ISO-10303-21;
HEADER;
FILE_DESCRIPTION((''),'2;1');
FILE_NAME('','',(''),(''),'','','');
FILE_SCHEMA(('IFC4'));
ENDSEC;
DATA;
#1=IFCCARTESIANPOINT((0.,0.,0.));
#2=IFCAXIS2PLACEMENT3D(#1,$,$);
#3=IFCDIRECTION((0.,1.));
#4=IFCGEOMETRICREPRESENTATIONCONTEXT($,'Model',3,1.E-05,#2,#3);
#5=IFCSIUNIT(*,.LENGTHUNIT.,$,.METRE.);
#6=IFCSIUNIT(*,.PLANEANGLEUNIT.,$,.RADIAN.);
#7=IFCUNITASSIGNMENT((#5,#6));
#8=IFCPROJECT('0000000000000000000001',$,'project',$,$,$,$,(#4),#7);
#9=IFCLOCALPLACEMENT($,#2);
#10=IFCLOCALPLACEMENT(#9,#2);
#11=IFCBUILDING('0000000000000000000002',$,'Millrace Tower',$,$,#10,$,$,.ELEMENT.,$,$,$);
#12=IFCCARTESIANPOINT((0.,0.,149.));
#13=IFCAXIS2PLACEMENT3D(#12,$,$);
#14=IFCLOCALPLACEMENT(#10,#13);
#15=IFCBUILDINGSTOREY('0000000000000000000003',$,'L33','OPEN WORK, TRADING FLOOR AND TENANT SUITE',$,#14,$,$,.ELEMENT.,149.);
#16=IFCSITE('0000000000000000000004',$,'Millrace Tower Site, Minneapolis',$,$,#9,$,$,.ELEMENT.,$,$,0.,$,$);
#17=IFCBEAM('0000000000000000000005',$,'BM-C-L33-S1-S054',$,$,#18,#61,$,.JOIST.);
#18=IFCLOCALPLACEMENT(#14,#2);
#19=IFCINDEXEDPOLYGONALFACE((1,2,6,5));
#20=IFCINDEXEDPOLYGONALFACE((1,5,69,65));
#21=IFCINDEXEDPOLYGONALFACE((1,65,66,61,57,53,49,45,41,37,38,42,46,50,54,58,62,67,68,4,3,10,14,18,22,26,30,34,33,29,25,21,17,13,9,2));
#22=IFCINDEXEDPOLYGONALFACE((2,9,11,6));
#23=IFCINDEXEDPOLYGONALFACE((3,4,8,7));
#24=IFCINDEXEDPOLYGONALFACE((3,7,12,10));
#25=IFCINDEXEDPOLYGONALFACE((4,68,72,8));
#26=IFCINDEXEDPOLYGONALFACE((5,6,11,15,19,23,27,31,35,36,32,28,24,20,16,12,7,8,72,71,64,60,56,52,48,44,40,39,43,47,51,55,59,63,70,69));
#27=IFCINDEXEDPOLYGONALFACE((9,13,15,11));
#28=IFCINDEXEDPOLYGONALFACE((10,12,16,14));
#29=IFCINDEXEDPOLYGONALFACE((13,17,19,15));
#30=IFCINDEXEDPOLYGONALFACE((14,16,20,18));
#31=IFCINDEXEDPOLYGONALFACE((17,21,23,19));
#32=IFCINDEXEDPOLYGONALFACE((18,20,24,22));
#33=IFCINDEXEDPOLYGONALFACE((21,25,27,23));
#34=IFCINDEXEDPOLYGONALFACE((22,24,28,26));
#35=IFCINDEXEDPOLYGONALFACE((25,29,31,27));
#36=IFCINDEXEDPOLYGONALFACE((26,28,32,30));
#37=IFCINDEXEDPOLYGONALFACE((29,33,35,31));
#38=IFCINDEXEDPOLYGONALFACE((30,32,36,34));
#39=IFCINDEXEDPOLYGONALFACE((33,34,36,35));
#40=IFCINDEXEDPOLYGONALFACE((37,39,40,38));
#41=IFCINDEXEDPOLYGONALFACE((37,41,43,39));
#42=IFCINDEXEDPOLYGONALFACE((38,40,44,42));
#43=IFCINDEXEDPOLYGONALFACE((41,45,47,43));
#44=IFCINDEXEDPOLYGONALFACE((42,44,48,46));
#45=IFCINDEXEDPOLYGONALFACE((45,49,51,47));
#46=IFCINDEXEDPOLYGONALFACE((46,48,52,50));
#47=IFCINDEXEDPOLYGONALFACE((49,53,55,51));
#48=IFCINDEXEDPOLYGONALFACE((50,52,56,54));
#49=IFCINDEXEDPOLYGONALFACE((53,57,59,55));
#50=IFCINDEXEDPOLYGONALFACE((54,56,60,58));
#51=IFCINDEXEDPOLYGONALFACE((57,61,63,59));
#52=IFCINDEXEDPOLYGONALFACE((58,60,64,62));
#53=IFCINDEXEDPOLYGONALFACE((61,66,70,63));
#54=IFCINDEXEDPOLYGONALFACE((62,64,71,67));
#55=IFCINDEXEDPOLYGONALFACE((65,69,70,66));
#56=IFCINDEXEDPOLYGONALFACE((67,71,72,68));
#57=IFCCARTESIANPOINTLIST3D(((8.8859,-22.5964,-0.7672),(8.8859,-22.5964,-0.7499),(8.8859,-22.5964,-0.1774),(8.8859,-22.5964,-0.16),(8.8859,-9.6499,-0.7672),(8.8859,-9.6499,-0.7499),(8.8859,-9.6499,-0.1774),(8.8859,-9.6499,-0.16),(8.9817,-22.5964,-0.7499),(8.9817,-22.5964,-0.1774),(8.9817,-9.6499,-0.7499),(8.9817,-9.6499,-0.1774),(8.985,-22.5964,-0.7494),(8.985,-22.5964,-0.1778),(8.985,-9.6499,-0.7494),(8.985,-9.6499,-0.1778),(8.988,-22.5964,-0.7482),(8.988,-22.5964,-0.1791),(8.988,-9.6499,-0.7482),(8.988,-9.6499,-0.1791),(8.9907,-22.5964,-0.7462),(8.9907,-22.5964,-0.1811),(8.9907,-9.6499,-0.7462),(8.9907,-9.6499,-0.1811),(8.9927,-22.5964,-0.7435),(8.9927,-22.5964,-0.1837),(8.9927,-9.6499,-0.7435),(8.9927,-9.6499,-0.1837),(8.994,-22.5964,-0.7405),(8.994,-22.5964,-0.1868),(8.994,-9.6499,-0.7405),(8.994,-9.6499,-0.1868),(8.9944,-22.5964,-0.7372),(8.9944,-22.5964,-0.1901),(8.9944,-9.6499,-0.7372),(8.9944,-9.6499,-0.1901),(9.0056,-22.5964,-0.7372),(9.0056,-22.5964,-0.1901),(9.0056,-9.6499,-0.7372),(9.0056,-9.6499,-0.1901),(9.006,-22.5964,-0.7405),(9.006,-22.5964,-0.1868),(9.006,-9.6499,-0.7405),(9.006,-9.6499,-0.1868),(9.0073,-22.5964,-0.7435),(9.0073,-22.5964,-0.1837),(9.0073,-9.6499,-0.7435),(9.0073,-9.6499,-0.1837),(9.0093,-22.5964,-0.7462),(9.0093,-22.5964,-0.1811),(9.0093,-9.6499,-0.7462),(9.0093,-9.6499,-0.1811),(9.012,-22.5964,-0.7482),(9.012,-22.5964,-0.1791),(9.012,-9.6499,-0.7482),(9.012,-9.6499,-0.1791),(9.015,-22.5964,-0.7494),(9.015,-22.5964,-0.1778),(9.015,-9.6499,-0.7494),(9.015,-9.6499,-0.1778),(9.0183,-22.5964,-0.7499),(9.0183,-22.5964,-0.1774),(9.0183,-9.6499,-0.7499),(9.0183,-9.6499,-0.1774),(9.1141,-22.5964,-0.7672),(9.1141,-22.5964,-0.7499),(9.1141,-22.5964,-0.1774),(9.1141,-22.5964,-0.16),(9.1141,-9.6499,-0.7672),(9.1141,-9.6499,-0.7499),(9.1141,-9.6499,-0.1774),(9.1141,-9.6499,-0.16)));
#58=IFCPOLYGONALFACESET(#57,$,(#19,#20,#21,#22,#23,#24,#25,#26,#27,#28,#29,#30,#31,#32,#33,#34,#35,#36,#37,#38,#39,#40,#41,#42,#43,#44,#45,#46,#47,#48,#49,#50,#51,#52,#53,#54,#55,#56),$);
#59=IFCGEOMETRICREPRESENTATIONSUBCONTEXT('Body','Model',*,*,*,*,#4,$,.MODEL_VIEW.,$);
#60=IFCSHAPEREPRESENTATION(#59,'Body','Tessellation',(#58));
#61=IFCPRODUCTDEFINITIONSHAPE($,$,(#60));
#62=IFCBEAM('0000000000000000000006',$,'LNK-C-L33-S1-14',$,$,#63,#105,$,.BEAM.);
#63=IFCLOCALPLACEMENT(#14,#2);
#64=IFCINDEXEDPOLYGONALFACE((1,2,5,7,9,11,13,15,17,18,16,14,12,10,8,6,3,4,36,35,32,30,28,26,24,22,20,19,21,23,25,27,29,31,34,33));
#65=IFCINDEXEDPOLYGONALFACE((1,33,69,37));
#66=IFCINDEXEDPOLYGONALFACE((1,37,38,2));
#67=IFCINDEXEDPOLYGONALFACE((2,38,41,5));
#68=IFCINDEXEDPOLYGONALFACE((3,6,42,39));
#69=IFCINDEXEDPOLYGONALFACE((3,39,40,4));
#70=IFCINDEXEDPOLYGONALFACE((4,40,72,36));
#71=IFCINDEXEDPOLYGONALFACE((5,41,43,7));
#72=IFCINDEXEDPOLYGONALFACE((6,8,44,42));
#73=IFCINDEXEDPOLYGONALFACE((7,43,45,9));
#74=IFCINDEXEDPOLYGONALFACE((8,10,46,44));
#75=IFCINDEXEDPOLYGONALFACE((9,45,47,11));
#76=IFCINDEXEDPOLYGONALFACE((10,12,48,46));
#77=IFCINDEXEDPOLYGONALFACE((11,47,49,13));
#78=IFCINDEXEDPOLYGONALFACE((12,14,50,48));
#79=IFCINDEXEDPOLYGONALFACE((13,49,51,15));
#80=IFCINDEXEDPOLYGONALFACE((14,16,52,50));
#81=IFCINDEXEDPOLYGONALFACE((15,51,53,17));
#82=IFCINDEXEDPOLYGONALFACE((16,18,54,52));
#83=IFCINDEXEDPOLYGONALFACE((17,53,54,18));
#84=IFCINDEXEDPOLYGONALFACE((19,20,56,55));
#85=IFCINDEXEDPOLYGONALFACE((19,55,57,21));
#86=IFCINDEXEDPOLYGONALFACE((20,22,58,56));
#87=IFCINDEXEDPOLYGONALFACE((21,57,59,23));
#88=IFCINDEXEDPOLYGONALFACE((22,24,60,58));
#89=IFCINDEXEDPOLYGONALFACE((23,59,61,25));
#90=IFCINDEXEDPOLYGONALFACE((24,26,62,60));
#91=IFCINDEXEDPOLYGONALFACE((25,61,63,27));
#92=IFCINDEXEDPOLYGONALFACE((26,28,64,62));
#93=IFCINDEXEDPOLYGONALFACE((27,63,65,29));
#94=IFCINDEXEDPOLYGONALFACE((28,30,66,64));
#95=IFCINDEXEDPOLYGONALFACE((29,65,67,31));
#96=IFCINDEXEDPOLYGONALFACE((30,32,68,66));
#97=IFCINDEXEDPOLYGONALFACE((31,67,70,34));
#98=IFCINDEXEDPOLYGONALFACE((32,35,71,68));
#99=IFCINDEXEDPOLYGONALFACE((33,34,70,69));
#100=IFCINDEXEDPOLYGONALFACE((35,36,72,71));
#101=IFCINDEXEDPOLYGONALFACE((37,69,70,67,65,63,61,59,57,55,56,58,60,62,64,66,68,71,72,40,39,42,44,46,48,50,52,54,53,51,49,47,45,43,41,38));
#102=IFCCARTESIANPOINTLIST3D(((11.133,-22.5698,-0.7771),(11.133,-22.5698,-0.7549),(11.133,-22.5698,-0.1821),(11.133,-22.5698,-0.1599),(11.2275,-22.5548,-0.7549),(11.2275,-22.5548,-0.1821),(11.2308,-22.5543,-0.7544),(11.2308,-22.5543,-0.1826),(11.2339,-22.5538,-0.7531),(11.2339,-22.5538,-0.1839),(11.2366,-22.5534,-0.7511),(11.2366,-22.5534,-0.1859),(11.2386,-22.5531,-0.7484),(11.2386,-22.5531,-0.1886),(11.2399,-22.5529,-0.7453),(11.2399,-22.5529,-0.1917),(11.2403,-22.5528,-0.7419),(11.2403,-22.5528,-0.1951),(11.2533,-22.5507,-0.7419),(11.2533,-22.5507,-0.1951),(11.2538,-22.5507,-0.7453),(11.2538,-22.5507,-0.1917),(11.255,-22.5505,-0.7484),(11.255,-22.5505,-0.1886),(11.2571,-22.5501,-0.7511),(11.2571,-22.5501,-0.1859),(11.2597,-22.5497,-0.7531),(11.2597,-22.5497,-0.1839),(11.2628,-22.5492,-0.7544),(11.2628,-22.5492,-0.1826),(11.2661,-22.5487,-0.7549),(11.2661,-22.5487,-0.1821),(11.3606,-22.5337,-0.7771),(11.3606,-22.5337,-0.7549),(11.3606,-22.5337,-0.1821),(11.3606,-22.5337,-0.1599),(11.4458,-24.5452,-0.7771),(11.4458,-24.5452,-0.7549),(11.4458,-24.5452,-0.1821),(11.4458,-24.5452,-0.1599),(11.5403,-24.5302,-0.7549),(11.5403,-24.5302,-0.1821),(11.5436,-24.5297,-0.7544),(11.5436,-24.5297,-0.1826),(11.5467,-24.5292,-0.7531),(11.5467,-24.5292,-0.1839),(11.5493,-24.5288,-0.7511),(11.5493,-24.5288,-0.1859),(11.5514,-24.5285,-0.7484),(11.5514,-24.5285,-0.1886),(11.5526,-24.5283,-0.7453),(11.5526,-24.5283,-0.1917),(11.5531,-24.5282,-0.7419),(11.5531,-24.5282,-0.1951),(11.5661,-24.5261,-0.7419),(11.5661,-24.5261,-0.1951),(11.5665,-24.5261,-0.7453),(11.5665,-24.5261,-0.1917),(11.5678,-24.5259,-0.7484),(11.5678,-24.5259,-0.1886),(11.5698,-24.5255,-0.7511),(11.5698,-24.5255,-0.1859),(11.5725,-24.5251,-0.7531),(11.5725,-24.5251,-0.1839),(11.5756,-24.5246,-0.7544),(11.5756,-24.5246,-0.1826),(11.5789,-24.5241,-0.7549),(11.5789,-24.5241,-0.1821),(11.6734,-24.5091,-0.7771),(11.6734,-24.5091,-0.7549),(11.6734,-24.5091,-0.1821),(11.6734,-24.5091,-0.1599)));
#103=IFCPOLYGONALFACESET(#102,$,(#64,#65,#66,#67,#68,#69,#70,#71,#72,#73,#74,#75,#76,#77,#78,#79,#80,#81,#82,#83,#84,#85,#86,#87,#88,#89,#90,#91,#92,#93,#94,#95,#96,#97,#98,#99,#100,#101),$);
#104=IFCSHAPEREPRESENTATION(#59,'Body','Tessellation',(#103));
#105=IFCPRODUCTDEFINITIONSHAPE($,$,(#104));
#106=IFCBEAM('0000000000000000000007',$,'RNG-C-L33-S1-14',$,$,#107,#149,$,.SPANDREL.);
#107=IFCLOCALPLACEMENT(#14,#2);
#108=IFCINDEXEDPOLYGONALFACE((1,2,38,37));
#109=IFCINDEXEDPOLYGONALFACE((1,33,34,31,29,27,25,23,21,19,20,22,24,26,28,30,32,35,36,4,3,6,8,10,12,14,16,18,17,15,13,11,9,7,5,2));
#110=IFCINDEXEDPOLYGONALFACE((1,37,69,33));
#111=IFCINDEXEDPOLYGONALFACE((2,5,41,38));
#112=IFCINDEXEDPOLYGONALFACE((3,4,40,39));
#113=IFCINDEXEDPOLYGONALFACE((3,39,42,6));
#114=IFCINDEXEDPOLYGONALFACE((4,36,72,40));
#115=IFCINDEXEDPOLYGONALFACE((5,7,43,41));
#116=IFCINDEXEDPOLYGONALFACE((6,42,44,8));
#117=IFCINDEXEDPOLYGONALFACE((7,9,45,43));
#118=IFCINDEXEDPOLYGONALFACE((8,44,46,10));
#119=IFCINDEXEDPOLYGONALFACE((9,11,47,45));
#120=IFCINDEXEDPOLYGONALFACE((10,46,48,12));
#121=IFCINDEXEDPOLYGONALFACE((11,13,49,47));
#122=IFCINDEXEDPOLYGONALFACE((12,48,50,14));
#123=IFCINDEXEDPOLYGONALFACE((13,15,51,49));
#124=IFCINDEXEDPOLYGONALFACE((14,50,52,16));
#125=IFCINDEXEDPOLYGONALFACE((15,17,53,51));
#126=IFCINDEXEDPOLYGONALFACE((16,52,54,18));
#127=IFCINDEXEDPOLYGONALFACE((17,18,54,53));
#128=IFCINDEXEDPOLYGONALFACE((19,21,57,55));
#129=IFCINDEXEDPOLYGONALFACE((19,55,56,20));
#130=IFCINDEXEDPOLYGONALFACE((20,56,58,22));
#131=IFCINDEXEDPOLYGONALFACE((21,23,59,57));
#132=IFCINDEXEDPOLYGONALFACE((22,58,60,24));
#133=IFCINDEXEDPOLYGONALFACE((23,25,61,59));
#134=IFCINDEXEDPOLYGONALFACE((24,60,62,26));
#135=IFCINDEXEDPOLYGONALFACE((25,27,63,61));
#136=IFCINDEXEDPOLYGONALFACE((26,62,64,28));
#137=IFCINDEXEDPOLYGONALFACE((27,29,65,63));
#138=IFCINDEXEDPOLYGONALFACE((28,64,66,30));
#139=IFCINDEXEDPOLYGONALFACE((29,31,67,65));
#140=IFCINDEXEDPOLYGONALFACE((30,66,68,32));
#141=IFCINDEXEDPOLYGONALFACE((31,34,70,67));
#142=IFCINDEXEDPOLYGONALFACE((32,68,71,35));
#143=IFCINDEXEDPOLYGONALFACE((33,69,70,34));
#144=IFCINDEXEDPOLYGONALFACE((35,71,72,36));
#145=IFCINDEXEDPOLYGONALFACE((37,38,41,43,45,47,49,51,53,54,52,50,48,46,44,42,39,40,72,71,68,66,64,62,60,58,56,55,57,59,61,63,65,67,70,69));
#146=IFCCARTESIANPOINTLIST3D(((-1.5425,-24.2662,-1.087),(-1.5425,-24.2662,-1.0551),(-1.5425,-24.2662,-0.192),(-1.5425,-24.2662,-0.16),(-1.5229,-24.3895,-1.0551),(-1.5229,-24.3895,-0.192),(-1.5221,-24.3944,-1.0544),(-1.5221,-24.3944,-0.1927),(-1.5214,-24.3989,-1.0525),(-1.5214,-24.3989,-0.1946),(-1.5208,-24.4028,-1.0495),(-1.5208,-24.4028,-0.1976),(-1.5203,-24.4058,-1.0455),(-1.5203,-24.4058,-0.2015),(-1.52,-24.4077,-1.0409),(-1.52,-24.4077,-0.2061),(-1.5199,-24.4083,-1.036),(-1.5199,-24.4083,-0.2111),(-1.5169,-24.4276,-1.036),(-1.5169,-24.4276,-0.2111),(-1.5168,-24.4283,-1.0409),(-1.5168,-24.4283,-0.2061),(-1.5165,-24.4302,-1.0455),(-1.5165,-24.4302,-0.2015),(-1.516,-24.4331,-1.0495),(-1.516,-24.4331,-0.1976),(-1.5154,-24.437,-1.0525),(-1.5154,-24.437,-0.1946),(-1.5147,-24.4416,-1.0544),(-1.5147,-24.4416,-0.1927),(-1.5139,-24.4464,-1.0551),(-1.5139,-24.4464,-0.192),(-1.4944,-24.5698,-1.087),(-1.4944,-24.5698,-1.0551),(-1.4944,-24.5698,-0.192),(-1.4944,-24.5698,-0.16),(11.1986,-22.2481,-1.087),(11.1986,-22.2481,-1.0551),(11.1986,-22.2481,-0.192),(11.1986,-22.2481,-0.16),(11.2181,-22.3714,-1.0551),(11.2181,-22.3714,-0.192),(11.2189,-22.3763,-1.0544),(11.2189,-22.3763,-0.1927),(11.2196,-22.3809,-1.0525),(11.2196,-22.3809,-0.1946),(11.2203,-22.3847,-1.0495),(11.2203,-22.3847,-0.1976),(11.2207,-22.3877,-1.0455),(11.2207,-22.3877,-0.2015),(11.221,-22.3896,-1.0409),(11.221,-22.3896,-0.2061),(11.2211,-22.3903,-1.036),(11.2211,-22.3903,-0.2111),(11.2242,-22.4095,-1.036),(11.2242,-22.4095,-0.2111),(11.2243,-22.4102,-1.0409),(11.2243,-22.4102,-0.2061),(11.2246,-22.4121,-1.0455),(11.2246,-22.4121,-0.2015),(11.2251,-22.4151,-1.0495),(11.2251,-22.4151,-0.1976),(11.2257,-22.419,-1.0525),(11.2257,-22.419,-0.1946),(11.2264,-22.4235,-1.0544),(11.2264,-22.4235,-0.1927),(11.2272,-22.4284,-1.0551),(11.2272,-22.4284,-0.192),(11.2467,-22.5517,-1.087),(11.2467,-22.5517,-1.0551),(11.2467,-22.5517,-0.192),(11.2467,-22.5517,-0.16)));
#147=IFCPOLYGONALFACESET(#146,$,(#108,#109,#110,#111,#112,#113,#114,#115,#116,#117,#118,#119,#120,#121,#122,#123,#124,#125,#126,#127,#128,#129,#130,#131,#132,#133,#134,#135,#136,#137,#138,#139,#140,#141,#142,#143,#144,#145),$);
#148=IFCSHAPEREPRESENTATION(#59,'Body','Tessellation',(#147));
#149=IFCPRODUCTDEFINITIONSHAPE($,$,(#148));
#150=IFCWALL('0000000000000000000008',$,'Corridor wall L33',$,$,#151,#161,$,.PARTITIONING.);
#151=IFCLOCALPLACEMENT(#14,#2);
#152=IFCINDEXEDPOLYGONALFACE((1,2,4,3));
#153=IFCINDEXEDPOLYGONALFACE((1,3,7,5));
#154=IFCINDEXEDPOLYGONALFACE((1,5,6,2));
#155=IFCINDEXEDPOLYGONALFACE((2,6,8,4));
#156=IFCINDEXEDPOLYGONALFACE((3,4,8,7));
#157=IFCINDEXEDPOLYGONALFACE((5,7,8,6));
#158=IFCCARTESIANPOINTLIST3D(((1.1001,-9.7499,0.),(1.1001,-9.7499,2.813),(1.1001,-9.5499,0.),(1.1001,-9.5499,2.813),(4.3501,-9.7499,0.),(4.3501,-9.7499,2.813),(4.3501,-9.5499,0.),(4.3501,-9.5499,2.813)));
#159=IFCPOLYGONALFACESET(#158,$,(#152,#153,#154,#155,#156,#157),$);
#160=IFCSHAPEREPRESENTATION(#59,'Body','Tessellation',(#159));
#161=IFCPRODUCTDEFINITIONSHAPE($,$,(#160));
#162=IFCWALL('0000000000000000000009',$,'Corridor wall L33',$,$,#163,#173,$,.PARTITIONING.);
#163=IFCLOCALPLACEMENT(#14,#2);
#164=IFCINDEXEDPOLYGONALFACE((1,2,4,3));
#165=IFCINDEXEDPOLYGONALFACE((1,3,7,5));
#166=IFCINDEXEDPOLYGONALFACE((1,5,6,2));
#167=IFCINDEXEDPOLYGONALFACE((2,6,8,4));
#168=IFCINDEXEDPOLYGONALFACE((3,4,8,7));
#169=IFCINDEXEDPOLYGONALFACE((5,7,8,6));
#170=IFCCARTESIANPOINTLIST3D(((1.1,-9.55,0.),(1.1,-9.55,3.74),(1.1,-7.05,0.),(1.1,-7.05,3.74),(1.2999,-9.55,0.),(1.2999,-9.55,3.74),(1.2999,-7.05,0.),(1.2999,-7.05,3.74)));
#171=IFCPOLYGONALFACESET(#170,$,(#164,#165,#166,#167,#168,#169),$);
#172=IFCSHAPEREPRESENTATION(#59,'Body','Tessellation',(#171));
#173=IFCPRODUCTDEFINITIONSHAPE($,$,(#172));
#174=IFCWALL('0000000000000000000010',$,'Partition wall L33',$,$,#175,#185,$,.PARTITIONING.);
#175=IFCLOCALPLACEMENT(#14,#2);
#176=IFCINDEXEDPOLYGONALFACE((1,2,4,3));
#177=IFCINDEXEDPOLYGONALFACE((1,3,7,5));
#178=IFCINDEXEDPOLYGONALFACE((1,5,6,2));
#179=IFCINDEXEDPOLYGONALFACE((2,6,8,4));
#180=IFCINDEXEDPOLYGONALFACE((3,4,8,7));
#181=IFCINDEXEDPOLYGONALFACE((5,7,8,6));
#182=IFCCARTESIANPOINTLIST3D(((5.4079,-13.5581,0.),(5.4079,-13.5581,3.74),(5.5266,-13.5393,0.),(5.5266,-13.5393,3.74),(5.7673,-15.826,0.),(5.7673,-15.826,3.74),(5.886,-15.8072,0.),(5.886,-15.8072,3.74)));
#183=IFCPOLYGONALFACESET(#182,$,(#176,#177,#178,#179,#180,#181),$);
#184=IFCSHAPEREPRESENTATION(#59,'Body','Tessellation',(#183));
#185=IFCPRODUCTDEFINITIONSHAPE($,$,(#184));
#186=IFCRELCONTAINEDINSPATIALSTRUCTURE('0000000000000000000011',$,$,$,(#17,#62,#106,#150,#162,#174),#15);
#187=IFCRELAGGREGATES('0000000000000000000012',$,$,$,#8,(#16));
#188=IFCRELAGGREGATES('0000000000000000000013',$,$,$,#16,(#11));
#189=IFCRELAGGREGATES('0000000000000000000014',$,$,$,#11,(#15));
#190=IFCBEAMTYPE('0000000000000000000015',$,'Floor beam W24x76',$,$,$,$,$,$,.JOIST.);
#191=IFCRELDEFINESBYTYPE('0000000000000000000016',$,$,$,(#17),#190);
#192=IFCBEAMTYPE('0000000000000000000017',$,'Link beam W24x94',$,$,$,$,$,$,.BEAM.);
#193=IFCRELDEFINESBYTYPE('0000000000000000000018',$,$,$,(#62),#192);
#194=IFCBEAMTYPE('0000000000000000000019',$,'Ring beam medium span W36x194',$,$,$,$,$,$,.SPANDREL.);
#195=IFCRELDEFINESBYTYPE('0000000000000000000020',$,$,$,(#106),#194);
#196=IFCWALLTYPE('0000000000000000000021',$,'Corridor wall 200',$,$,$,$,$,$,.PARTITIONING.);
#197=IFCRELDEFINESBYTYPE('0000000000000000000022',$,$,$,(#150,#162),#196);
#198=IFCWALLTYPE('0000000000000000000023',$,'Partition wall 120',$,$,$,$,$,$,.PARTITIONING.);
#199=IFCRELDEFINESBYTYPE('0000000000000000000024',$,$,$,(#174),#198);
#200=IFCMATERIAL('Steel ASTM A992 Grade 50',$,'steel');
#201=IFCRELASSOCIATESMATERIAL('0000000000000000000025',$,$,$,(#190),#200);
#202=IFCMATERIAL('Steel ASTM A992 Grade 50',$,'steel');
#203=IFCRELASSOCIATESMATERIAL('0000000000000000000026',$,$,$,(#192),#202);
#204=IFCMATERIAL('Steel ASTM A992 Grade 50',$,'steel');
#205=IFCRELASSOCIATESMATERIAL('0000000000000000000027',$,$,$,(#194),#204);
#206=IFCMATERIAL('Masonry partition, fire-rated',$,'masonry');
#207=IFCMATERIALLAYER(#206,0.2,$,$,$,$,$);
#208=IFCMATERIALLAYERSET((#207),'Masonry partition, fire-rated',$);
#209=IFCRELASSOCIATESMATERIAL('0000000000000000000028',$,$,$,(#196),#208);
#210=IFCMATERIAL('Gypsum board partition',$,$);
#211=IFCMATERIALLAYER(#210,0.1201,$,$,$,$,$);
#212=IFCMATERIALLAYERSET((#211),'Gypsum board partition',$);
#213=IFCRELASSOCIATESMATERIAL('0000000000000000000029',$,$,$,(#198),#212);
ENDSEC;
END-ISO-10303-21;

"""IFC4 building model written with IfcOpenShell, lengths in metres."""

from ifc_helpers import new_model, si_unit, direction, frame, frame_2d, origin, origin_2d, place, context, subcontext, project, spatial, rectangle, i_section, extrude, material, layer, layer_set, material_profile, profile_set, type_object, element, save


model = new_model("IFC4")

# Units and contexts
model_context = context("Model", 3, precision=1e-05, world=origin(), true_north=direction((0.0, 1.0)))
body_context = subcontext(model_context, "Body", "Model", "MODEL_VIEW")
ifc_project = project(units=[si_unit("LENGTHUNIT", "METRE"), si_unit("PLANEANGLEUNIT", "RADIAN")], contexts=[model_context])

# Site, building, storey
site_placement = place(None, origin())
site = spatial("IfcSite", under=ifc_project, at=site_placement, Name="Millrace Tower Site, Minneapolis", CompositionType="ELEMENT", RefElevation=0.0)
building_placement = place(site_placement, origin())
building = spatial("IfcBuilding", under=site, at=building_placement, Name="Millrace Tower", CompositionType="ELEMENT")
storey_placement = place(building_placement, frame((0.0, 0.0, 149.0)))
storey = spatial("IfcBuildingStorey", under=building, at=storey_placement, Name="L33", Description="OPEN WORK, TRADING FLOOR AND TENANT SUITE", CompositionType="ELEMENT", Elevation=149.0)

# Beams
ifc_material_1 = material(Name="Steel ASTM A992 Grade 50", Category="steel")
ifc_material_profile_1 = material_profile(ifc_material_1, i_section(OverallWidth=0.2283, OverallDepth=0.6072, WebThickness=0.0112, FlangeThickness=0.0173, FilletRadius=0.0127, at=origin_2d()))
ifc_profile_set_1 = profile_set([ifc_material_profile_1], Name="Steel ASTM A992 Grade 50")
beam_type_1 = type_object("IfcBeamType", Name="Floor beam W24x76", PredefinedType="JOIST", material=ifc_profile_set_1)
beam_1_placement = place(storey_placement, frame((9.0, -22.5964, -0.4636), z_axis=(0.0, 1.0, 0.0), x_axis=(-1.0, 0.0, 0.0)))
element("IfcBeam", 1, at=beam_1_placement, inside=storey, type_object=beam_type_1, Name="BM-C-L33-S1-S054", PredefinedType="JOIST", context=body_context, shape_type="SweptSolid", body=[
    extrude(i_section(OverallWidth=0.2283, OverallDepth=0.6072, WebThickness=0.0112, FlangeThickness=0.0173, FilletRadius=0.0127, at=origin_2d()), origin(), (0.0, 0.0, 1.0), 12.9465),
])
ifc_material_2 = material(Name="Steel ASTM A992 Grade 50", Category="steel")
ifc_material_profile_2 = material_profile(ifc_material_2, i_section(OverallWidth=0.2305, OverallDepth=0.6172, WebThickness=0.0132, FlangeThickness=0.0222, FilletRadius=0.0129, at=origin_2d()))
ifc_profile_set_2 = profile_set([ifc_material_profile_2], Name="Steel ASTM A992 Grade 50")
beam_type_2 = type_object("IfcBeamType", Name="Link beam W24x94", PredefinedType="BEAM", material=ifc_profile_set_2)
beam_2_placement = place(storey_placement, frame((11.2468, -22.5518, -0.4685), z_axis=(0.156376, -0.987698, 0.0), x_axis=(0.987698, 0.156376, 0.0)))
element("IfcBeam", 2, at=beam_2_placement, inside=storey, type_object=beam_type_2, Name="LNK-C-L33-S1-14", PredefinedType="BEAM", context=body_context, shape_type="SweptSolid", body=[
    extrude(i_section(OverallWidth=0.2305, OverallDepth=0.6172, WebThickness=0.0132, FlangeThickness=0.0222, FilletRadius=0.0129, at=origin_2d()), origin(), (0.0, 0.0, 1.0), 2.0),
])
ifc_material_3 = material(Name="Steel ASTM A992 Grade 50", Category="steel")
ifc_material_profile_3 = material_profile(ifc_material_3, i_section(OverallWidth=0.3074, OverallDepth=0.927, WebThickness=0.0195, FlangeThickness=0.032, FilletRadius=0.019, at=origin_2d()))
ifc_profile_set_3 = profile_set([ifc_material_profile_3], Name="Steel ASTM A992 Grade 50")
beam_type_3 = type_object("IfcBeamType", Name="Ring beam medium span W36x194", PredefinedType="SPANDREL", material=ifc_profile_set_3)
beam_3_placement = place(storey_placement, frame((11.2227, -22.3999, -0.6235), z_axis=(-0.987687, -0.156442, 0.0), x_axis=(0.156442, -0.987687, 0.0)))
element("IfcBeam", 3, at=beam_3_placement, inside=storey, type_object=beam_type_3, Name="RNG-C-L33-S1-14", PredefinedType="SPANDREL", context=body_context, shape_type="SweptSolid", body=[
    extrude(i_section(OverallWidth=0.3074, OverallDepth=0.927, WebThickness=0.0195, FlangeThickness=0.032, FilletRadius=0.019, at=origin_2d()), origin(), (0.0, 0.0, 1.0), 12.8999),
])

# Walls
ifc_material_4 = material(Name="Masonry partition, fire-rated", Category="masonry")
ifc_layer_1 = layer(ifc_material_4, 0.2)
ifc_layer_set_1 = layer_set([ifc_layer_1], Name="Masonry partition, fire-rated")
wall_type_1 = type_object("IfcWallType", Name="Corridor wall 200", PredefinedType="PARTITIONING", material=ifc_layer_set_1)
wall_1_placement = place(storey_placement, frame((1.1001, -9.6499, 0.0), z_axis=(0.0, 0.0, 1.0), x_axis=(1.0, 0.0, 0.0)))
element("IfcWall", 4, at=wall_1_placement, inside=storey, type_object=wall_type_1, Name="Corridor wall L33", PredefinedType="PARTITIONING", context=body_context, shape_type="SweptSolid", body=[
    extrude(rectangle(XDim=3.25, YDim=0.2, at=frame_2d((1.625, 0.0))), origin(), (0.0, 0.0, 1.0), 2.813),
])
wall_2_placement = place(storey_placement, frame((1.2, -9.55, 0.0), z_axis=(0.0, 0.0, 1.0), x_axis=(0.0, 1.0, 0.0)))
element("IfcWall", 5, at=wall_2_placement, inside=storey, type_object=wall_type_1, Name="Corridor wall L33", PredefinedType="PARTITIONING", context=body_context, shape_type="SweptSolid", body=[
    extrude(rectangle(XDim=2.5, YDim=0.2, at=frame_2d((1.25, 0.0))), origin(), (0.0, 0.0, 1.0), 3.74),
])
ifc_material_5 = material(Name="Gypsum board partition")
ifc_layer_2 = layer(ifc_material_5, 0.1201)
ifc_layer_set_2 = layer_set([ifc_layer_2], Name="Gypsum board partition")
wall_type_2 = type_object("IfcWallType", Name="Partition wall 120", PredefinedType="PARTITIONING", material=ifc_layer_set_2)
wall_3_placement = place(storey_placement, frame((5.4673, -13.5488, 0.0), z_axis=(0.0, 0.0, 1.0), x_axis=(0.156514, -0.987676, 0.0)))
element("IfcWall", 6, at=wall_3_placement, inside=storey, type_object=wall_type_2, Name="Partition wall L33", PredefinedType="PARTITIONING", context=body_context, shape_type="SweptSolid", body=[
    extrude(rectangle(XDim=2.2961, YDim=0.1201, at=frame_2d((1.1479, 0.0))), origin(), (0.0, 0.0, 1.0), 3.74),
])

save(model, "model.ifc")
